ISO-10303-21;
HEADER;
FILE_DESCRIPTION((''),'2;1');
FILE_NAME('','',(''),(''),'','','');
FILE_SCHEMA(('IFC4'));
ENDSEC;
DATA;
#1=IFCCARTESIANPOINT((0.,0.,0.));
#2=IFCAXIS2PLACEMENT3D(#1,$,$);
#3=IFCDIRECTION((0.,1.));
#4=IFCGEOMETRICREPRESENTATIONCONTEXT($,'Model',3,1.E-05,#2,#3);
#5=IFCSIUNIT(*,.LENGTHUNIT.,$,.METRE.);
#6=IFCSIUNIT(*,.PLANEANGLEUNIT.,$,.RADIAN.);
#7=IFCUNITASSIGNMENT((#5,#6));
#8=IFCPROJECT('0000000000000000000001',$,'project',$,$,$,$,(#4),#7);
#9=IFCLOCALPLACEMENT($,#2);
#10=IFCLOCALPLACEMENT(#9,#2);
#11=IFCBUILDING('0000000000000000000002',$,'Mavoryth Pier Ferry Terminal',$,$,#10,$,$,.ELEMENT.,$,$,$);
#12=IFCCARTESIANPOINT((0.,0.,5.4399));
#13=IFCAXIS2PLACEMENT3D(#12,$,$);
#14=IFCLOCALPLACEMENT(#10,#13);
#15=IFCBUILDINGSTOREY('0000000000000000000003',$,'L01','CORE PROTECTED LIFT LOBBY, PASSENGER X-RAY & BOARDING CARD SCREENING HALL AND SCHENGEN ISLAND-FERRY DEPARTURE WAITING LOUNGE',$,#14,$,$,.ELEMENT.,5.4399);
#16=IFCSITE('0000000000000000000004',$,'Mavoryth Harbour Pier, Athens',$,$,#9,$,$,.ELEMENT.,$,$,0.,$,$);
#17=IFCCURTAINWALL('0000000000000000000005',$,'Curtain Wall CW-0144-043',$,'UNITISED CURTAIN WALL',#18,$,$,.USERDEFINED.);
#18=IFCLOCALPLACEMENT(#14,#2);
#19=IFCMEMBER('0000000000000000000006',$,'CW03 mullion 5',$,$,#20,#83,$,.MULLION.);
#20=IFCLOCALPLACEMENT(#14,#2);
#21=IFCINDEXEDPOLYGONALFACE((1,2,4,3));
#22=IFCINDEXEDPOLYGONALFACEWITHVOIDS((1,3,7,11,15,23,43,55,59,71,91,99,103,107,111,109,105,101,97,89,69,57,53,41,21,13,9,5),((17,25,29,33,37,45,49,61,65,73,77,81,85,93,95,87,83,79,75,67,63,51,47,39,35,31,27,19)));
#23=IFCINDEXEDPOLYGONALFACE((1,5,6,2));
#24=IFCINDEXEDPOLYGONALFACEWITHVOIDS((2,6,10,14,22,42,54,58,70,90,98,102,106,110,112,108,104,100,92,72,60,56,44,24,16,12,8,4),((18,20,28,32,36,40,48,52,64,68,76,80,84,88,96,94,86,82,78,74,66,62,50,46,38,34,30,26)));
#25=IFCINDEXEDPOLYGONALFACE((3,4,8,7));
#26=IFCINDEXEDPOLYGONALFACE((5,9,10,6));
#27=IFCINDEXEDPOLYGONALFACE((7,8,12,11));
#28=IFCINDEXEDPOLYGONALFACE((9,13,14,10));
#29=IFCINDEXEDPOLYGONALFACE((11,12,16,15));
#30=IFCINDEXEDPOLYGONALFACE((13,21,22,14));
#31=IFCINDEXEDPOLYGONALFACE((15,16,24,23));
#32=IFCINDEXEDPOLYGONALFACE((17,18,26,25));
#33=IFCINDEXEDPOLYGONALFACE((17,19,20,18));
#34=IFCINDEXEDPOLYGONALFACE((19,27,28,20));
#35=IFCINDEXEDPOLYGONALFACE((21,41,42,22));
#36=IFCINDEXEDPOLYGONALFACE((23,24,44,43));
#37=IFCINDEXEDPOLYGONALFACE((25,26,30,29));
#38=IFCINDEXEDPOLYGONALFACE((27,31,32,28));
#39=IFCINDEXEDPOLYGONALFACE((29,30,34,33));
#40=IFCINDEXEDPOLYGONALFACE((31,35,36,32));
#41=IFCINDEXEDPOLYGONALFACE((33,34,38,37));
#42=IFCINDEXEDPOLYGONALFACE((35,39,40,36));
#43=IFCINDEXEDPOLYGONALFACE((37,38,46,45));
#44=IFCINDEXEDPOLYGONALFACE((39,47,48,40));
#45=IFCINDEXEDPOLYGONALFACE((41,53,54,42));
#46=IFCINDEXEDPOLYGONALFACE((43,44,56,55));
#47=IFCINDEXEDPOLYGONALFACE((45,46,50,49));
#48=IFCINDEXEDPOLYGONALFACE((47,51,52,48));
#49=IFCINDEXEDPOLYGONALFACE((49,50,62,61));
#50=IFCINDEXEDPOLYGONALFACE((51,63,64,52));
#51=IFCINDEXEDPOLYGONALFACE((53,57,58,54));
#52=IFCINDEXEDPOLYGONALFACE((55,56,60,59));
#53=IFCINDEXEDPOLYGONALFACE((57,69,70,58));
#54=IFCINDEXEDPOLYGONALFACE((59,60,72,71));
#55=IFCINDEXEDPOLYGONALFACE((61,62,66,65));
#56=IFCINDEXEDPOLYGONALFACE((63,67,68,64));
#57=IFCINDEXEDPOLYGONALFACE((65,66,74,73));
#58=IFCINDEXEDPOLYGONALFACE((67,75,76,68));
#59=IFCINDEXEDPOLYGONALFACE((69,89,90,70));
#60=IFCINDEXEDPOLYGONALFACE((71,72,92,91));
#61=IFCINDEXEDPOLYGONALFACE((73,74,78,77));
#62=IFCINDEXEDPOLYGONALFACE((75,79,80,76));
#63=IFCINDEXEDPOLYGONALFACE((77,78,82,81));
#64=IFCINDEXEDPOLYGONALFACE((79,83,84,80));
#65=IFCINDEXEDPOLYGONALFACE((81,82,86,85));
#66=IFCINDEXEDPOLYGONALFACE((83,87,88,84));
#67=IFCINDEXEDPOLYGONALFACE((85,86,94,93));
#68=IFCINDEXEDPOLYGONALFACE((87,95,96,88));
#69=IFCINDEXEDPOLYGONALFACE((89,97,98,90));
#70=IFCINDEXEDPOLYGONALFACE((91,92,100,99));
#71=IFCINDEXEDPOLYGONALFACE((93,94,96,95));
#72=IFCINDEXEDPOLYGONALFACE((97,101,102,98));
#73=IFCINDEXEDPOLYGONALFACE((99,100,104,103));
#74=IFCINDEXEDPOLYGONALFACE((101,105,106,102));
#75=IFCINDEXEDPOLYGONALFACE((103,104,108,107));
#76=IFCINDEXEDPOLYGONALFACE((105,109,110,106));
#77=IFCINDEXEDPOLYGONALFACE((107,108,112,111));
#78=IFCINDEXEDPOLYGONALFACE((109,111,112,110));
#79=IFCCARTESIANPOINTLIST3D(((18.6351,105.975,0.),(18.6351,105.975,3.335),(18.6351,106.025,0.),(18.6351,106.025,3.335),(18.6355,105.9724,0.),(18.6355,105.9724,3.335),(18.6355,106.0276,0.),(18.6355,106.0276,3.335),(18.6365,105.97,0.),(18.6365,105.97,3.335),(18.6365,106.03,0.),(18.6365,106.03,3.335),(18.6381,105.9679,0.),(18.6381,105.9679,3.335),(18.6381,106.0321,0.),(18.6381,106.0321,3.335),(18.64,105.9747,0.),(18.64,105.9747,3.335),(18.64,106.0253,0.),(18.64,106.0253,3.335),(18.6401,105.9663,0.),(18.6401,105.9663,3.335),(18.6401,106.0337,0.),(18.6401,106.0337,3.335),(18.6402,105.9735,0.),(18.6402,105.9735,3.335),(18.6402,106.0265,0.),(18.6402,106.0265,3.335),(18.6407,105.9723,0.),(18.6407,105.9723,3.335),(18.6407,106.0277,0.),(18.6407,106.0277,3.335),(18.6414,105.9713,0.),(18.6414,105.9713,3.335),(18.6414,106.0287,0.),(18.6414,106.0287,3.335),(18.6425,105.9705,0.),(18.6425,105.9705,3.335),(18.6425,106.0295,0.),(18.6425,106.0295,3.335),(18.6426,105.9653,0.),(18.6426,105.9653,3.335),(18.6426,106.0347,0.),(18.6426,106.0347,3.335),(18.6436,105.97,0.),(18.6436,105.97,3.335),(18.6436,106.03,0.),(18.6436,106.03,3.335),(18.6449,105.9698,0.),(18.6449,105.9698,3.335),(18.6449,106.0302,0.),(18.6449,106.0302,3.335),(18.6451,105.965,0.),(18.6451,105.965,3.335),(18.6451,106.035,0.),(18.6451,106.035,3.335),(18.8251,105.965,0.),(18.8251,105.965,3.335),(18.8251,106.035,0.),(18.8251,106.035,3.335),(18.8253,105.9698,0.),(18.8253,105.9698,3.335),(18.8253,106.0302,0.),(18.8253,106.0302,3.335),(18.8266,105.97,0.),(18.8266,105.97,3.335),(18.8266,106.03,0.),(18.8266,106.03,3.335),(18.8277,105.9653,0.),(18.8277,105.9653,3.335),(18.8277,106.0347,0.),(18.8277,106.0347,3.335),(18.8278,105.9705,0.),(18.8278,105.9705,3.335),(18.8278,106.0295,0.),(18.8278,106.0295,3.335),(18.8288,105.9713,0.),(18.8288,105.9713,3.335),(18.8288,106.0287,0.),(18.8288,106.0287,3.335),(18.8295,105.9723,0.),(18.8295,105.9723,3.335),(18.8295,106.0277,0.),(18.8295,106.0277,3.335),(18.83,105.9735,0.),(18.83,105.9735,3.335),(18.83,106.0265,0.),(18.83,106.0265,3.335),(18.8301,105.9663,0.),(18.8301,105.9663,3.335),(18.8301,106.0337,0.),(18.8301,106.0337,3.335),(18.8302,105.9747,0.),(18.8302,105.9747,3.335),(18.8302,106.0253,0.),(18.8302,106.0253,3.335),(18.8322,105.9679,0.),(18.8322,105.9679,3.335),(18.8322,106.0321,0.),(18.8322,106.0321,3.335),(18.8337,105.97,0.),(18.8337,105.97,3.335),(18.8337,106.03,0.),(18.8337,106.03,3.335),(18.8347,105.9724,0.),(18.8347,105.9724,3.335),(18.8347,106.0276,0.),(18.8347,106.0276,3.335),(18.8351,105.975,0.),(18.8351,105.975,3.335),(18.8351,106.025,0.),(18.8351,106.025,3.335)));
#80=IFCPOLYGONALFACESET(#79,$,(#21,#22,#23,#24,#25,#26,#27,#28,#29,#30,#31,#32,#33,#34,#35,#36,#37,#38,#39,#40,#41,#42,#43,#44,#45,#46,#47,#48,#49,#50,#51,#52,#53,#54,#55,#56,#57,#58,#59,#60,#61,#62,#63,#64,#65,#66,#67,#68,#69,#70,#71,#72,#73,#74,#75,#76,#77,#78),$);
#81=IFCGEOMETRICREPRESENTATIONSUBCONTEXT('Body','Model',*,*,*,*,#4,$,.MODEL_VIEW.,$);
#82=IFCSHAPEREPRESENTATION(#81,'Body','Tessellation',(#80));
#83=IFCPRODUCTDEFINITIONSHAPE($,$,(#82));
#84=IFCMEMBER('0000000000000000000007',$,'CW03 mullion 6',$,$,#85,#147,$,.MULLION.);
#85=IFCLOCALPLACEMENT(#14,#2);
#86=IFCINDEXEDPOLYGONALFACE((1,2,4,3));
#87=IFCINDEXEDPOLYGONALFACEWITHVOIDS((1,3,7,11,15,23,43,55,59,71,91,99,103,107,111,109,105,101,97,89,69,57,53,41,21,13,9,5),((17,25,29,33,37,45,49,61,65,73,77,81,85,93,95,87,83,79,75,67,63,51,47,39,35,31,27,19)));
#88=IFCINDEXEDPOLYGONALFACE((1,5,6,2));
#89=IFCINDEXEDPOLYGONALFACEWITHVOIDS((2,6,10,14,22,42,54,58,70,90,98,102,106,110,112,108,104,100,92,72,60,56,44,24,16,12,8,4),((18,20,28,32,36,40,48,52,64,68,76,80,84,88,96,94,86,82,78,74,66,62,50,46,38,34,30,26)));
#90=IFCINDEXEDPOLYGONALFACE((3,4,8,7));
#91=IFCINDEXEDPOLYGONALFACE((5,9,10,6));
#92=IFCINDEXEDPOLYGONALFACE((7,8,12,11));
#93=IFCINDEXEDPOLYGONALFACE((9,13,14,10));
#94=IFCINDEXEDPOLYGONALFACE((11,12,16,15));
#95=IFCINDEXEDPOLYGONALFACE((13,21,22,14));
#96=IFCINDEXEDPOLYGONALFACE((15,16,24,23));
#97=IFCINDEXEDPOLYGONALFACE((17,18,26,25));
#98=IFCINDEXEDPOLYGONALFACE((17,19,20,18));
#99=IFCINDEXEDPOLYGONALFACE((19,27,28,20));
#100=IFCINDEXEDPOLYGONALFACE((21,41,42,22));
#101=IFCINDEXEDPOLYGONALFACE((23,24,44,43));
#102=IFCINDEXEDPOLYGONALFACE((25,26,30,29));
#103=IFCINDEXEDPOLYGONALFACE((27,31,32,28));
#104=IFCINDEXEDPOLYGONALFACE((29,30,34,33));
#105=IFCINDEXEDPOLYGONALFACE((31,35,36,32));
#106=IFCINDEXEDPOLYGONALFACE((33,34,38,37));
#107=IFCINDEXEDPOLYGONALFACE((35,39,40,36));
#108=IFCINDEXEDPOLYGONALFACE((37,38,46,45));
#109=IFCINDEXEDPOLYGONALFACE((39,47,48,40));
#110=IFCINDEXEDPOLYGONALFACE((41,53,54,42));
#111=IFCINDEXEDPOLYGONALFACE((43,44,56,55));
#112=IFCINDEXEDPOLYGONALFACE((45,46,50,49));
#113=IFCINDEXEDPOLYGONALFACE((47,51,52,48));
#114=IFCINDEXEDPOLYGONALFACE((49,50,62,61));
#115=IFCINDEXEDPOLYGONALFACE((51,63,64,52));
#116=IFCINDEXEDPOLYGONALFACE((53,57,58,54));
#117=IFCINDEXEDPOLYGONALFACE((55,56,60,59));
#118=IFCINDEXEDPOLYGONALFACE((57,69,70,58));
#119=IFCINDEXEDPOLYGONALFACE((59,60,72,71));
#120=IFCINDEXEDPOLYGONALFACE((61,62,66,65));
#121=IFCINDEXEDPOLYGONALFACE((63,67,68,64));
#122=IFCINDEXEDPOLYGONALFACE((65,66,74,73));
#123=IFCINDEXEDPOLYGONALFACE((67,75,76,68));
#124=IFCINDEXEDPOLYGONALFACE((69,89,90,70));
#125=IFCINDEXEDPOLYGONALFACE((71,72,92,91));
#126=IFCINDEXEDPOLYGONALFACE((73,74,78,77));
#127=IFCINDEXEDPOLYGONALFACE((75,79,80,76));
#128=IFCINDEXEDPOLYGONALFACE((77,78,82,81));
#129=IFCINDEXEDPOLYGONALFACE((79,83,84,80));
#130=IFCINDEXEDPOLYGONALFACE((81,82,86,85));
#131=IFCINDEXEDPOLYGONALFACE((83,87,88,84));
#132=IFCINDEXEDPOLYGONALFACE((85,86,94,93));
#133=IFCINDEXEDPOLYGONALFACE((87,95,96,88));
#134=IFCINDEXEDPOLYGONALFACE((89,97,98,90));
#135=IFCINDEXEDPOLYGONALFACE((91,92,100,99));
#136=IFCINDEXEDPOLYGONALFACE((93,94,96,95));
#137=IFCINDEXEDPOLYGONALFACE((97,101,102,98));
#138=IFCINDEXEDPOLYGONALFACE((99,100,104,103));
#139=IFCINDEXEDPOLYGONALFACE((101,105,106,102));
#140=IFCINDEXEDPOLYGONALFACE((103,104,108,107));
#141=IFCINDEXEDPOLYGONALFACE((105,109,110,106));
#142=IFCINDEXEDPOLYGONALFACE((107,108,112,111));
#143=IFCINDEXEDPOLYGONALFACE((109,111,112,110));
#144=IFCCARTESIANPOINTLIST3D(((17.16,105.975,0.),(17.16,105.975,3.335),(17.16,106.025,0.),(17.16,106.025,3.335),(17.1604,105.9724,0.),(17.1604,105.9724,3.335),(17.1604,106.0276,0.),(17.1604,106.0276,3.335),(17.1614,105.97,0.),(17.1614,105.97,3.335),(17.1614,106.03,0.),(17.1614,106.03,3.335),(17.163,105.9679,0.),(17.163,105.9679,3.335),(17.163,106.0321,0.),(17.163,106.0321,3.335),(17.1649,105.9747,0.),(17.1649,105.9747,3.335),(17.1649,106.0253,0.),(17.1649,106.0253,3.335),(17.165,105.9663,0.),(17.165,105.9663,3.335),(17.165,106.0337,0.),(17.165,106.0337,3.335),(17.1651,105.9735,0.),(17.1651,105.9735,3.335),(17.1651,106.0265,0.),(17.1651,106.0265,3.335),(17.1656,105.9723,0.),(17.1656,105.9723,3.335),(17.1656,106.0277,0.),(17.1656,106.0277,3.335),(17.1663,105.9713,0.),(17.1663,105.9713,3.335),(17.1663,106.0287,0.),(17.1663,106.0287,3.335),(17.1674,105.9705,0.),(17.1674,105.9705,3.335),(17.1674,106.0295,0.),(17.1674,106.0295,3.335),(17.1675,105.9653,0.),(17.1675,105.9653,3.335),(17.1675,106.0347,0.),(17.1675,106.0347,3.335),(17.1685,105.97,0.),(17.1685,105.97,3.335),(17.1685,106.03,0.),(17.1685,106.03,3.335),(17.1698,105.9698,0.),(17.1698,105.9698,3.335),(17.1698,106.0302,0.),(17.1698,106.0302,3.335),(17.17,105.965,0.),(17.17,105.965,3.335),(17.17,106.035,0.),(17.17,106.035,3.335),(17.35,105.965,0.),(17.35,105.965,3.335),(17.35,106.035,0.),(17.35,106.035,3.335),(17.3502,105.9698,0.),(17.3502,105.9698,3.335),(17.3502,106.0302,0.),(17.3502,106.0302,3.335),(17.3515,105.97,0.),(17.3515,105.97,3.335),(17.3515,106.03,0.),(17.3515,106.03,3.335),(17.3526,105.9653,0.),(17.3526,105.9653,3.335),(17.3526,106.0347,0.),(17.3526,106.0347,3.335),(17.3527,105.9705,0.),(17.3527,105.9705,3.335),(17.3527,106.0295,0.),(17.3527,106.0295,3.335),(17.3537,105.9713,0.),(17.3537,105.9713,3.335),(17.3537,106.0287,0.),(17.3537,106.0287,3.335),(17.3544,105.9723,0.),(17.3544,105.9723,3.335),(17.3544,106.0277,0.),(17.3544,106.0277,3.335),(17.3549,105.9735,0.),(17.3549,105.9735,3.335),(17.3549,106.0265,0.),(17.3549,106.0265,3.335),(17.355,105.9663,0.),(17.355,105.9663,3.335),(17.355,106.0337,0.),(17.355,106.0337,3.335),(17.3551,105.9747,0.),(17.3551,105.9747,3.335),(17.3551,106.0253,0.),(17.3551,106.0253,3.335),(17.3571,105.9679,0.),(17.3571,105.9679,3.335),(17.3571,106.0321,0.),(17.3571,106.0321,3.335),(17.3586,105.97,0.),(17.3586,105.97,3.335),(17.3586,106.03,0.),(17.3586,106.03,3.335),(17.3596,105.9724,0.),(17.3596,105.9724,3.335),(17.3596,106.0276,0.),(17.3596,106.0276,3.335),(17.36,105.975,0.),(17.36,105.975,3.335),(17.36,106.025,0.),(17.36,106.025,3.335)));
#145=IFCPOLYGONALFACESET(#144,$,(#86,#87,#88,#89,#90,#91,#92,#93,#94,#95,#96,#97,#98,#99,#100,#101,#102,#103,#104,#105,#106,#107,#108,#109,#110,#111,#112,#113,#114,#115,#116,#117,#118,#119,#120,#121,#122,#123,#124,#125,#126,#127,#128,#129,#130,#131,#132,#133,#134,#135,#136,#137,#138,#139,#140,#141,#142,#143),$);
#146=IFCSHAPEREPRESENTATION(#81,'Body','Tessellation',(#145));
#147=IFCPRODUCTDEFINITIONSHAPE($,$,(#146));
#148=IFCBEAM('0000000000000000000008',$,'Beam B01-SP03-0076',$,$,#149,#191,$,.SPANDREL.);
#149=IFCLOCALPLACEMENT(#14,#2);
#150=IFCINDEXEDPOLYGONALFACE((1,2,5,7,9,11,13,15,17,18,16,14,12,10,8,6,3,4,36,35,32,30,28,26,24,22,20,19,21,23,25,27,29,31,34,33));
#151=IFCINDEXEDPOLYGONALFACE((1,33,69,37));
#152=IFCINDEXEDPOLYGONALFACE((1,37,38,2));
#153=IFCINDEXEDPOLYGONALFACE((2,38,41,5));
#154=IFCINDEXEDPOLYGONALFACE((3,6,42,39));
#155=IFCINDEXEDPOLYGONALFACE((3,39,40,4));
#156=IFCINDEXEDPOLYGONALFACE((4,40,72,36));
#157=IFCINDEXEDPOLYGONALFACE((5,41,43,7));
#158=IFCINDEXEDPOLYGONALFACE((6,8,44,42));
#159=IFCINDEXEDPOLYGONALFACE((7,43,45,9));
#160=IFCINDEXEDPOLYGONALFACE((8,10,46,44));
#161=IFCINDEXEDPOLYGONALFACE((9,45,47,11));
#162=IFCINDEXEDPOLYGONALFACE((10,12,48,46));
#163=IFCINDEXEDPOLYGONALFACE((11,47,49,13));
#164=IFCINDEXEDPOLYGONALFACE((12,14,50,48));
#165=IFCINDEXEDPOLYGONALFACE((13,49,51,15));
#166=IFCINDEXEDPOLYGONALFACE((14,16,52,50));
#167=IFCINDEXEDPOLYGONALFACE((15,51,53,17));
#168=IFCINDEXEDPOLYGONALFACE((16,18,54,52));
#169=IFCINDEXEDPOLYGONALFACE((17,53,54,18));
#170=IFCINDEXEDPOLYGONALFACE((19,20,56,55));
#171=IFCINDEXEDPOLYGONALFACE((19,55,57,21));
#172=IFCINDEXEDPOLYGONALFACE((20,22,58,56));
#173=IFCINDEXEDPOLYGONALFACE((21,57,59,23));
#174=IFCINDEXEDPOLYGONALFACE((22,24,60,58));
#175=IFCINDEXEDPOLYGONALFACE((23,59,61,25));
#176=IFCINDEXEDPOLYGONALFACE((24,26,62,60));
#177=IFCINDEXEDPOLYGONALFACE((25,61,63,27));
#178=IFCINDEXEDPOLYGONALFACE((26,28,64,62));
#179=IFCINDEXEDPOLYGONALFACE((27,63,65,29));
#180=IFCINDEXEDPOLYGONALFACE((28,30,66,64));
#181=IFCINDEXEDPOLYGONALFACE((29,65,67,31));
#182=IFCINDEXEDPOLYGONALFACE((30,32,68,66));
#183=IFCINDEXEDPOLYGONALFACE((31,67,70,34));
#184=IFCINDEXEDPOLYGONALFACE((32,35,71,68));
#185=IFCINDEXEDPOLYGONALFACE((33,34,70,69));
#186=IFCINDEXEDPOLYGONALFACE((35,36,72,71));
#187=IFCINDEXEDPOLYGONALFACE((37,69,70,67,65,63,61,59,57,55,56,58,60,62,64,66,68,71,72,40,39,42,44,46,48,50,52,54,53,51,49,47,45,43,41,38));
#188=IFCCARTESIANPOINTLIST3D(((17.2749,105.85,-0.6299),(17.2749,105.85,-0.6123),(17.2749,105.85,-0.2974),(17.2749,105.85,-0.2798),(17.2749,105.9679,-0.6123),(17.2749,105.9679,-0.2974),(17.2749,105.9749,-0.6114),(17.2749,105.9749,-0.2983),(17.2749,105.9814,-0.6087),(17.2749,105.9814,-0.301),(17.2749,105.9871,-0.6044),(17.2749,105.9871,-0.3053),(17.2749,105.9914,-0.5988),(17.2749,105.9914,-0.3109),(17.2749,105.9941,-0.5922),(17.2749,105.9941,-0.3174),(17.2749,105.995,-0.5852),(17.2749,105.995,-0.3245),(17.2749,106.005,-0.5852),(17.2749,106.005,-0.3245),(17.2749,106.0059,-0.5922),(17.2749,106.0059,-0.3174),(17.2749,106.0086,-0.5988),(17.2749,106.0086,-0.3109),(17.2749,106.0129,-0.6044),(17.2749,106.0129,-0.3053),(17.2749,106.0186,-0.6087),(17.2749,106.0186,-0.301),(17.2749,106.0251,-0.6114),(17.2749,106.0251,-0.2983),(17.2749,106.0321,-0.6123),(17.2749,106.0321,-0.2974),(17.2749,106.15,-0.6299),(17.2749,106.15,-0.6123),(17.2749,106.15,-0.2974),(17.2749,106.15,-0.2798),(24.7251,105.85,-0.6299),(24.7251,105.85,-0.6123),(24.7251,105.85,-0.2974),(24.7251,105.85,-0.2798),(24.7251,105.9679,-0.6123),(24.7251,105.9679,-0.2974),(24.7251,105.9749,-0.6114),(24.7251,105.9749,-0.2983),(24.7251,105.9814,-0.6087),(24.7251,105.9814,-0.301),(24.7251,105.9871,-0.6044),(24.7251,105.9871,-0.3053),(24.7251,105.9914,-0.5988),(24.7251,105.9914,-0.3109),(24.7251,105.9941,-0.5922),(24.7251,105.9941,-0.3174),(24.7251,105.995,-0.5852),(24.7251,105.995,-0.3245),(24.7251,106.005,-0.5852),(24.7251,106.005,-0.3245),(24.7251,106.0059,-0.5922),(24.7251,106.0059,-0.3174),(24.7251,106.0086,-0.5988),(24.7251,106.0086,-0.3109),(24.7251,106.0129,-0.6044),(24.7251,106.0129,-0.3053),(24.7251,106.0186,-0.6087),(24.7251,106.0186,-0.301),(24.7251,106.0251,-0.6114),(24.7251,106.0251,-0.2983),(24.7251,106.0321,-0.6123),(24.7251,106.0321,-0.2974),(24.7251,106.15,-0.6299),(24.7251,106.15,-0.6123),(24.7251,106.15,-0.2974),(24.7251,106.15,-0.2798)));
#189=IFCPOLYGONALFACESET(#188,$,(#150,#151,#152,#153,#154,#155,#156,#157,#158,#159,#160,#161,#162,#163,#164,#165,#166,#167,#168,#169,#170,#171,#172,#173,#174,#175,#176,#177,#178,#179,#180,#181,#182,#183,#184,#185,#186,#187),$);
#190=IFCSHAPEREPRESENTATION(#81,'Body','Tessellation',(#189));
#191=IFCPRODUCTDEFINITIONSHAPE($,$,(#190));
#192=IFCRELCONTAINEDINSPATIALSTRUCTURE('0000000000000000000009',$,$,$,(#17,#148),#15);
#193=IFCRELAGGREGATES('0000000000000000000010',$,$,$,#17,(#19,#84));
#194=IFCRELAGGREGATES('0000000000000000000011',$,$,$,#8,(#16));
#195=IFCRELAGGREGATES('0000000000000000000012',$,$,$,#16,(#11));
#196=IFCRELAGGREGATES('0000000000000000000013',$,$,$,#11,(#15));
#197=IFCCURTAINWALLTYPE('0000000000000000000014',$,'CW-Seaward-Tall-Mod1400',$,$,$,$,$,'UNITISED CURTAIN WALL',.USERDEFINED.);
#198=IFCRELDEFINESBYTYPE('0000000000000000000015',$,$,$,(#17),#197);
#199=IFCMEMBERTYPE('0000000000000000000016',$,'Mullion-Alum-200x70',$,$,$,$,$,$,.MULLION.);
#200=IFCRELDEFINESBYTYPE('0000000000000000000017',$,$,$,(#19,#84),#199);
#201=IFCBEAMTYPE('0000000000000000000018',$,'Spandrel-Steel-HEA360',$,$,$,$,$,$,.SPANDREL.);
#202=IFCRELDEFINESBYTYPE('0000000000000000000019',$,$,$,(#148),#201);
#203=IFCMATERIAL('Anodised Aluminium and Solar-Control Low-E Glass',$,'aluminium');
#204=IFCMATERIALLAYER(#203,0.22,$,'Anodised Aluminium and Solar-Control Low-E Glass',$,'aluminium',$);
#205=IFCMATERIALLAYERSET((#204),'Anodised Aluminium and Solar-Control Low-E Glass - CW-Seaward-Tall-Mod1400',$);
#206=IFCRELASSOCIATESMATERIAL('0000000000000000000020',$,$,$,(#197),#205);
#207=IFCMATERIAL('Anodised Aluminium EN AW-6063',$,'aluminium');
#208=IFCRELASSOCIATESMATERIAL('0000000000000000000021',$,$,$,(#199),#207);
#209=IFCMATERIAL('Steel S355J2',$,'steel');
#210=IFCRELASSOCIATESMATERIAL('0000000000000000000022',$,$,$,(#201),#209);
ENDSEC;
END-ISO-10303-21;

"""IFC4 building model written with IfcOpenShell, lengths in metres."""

from ifc_helpers import new_model, si_unit, direction, frame, origin, origin_2d, place, context, subcontext, project, spatial, hollow_rectangle, i_section, extrude, material, layer, layer_set, material_profile, profile_set, type_object, element, aggregate, save


model = new_model("IFC4")

# Units and contexts
model_context = context("Model", 3, precision=1e-05, world=origin(), true_north=direction((0.0, 1.0)))
body_context = subcontext(model_context, "Body", "Model", "MODEL_VIEW")
ifc_project = project(units=[si_unit("LENGTHUNIT", "METRE"), si_unit("PLANEANGLEUNIT", "RADIAN")], contexts=[model_context])

# Site, building, storey
site_placement = place(None, origin())
site = spatial("IfcSite", under=ifc_project, at=site_placement, Name="Mavoryth Harbour Pier, Athens", CompositionType="ELEMENT", RefElevation=0.0)
building_placement = place(site_placement, origin())
building = spatial("IfcBuilding", under=site, at=building_placement, Name="Mavoryth Pier Ferry Terminal", CompositionType="ELEMENT")
storey_placement = place(building_placement, frame((0.0, 0.0, 5.4399)))
storey = spatial("IfcBuildingStorey", under=building, at=storey_placement, Name="L01", Description="CORE PROTECTED LIFT LOBBY, PASSENGER X-RAY & BOARDING CARD SCREENING HALL AND SCHENGEN ISLAND-FERRY DEPARTURE WAITING LOUNGE", CompositionType="ELEMENT", Elevation=5.4399)

# Shared definitions
ifc_material_1 = material(Name="Steel S355J2", Category="steel")

# Curtain wall, members
ifc_material_2 = material(Name="Anodised Aluminium and Solar-Control Low-E Glass", Category="aluminium")
ifc_layer_1 = layer(ifc_material_2, 0.22, Name="Anodised Aluminium and Solar-Control Low-E Glass", Category="aluminium")
ifc_layer_set_1 = layer_set([ifc_layer_1], Name="Anodised Aluminium and Solar-Control Low-E Glass - CW-Seaward-Tall-Mod1400")
curtain_wall_type = type_object("IfcCurtainWallType", Name="CW-Seaward-Tall-Mod1400", ElementType="UNITISED CURTAIN WALL", PredefinedType="USERDEFINED", material=ifc_layer_set_1)
curtain_wall_placement = place(storey_placement, origin())
curtain_wall = element("IfcCurtainWall", 1, at=curtain_wall_placement, inside=storey, type_object=curtain_wall_type, Name="Curtain Wall CW-0144-043", ObjectType="UNITISED CURTAIN WALL", PredefinedType="USERDEFINED")
ifc_material_3 = material(Name="Anodised Aluminium EN AW-6063", Category="aluminium")
ifc_material_profile_1 = material_profile(ifc_material_3, hollow_rectangle(XDim=0.0701, YDim=0.2, WallThickness=0.0049, InnerFilletRadius=0.0049, OuterFilletRadius=0.01, at=origin_2d()), Name="AL-MULL 200x70x5", Category="aluminium")
ifc_profile_set_1 = profile_set([ifc_material_profile_1], Name="Anodised Aluminium EN AW-6063 - AL-MULL 200x70x5")
member_type_1 = type_object("IfcMemberType", Name="Mullion-Alum-200x70", PredefinedType="MULLION", material=ifc_profile_set_1)
member_1_placement = place(storey_placement, frame((18.7351, 106.0, 0.0), z_axis=(0.0, 0.0, 1.0), x_axis=(0.0, -1.0, 0.0)))
member_1 = element("IfcMember", 2, at=member_1_placement, type_object=member_type_1, Name="CW03 mullion 5", PredefinedType="MULLION", context=body_context, shape_type="SweptSolid", body=[
    extrude(hollow_rectangle(XDim=0.0701, YDim=0.2, WallThickness=0.0049, InnerFilletRadius=0.0049, OuterFilletRadius=0.01, at=origin_2d()), origin(), (0.0, 0.0, 1.0), 3.335),
])
member_2_placement = place(storey_placement, frame((17.26, 106.0, 0.0), z_axis=(0.0, 0.0, 1.0), x_axis=(0.0, -1.0, 0.0)))
member_2 = element("IfcMember", 3, at=member_2_placement, type_object=member_type_1, Name="CW03 mullion 6", PredefinedType="MULLION", context=body_context, shape_type="SweptSolid", body=[
    extrude(hollow_rectangle(XDim=0.0701, YDim=0.2, WallThickness=0.0049, InnerFilletRadius=0.0049, OuterFilletRadius=0.01, at=origin_2d()), origin(), (0.0, 0.0, 1.0), 3.335),
])

# Beam
ifc_material_profile_2 = material_profile(ifc_material_1, i_section(OverallWidth=0.3, OverallDepth=0.3501, WebThickness=0.01, FlangeThickness=0.0176, FilletRadius=0.0271, at=origin_2d()), Name="HEA 360", Category="steel")
ifc_profile_set_2 = profile_set([ifc_material_profile_2], Name="Steel S355J2 - HEA 360")
beam_type_1 = type_object("IfcBeamType", Name="Spandrel-Steel-HEA360", PredefinedType="SPANDREL", material=ifc_profile_set_2)
beam_1_placement = place(storey_placement, frame((17.2749, 106.0, -0.4548), z_axis=(1.0, 0.0, 0.0), x_axis=(0.0, 1.0, 0.0)))
element("IfcBeam", 4, at=beam_1_placement, inside=storey, type_object=beam_type_1, Name="Beam B01-SP03-0076", PredefinedType="SPANDREL", context=body_context, shape_type="SweptSolid", body=[
    extrude(i_section(OverallWidth=0.3, OverallDepth=0.3501, WebThickness=0.01, FlangeThickness=0.0176, FilletRadius=0.0271, at=origin_2d()), origin(), (0.0, 0.0, 1.0), 7.4502),
])

aggregate(curtain_wall, [member_1, member_2])

save(model, "model.ifc")
